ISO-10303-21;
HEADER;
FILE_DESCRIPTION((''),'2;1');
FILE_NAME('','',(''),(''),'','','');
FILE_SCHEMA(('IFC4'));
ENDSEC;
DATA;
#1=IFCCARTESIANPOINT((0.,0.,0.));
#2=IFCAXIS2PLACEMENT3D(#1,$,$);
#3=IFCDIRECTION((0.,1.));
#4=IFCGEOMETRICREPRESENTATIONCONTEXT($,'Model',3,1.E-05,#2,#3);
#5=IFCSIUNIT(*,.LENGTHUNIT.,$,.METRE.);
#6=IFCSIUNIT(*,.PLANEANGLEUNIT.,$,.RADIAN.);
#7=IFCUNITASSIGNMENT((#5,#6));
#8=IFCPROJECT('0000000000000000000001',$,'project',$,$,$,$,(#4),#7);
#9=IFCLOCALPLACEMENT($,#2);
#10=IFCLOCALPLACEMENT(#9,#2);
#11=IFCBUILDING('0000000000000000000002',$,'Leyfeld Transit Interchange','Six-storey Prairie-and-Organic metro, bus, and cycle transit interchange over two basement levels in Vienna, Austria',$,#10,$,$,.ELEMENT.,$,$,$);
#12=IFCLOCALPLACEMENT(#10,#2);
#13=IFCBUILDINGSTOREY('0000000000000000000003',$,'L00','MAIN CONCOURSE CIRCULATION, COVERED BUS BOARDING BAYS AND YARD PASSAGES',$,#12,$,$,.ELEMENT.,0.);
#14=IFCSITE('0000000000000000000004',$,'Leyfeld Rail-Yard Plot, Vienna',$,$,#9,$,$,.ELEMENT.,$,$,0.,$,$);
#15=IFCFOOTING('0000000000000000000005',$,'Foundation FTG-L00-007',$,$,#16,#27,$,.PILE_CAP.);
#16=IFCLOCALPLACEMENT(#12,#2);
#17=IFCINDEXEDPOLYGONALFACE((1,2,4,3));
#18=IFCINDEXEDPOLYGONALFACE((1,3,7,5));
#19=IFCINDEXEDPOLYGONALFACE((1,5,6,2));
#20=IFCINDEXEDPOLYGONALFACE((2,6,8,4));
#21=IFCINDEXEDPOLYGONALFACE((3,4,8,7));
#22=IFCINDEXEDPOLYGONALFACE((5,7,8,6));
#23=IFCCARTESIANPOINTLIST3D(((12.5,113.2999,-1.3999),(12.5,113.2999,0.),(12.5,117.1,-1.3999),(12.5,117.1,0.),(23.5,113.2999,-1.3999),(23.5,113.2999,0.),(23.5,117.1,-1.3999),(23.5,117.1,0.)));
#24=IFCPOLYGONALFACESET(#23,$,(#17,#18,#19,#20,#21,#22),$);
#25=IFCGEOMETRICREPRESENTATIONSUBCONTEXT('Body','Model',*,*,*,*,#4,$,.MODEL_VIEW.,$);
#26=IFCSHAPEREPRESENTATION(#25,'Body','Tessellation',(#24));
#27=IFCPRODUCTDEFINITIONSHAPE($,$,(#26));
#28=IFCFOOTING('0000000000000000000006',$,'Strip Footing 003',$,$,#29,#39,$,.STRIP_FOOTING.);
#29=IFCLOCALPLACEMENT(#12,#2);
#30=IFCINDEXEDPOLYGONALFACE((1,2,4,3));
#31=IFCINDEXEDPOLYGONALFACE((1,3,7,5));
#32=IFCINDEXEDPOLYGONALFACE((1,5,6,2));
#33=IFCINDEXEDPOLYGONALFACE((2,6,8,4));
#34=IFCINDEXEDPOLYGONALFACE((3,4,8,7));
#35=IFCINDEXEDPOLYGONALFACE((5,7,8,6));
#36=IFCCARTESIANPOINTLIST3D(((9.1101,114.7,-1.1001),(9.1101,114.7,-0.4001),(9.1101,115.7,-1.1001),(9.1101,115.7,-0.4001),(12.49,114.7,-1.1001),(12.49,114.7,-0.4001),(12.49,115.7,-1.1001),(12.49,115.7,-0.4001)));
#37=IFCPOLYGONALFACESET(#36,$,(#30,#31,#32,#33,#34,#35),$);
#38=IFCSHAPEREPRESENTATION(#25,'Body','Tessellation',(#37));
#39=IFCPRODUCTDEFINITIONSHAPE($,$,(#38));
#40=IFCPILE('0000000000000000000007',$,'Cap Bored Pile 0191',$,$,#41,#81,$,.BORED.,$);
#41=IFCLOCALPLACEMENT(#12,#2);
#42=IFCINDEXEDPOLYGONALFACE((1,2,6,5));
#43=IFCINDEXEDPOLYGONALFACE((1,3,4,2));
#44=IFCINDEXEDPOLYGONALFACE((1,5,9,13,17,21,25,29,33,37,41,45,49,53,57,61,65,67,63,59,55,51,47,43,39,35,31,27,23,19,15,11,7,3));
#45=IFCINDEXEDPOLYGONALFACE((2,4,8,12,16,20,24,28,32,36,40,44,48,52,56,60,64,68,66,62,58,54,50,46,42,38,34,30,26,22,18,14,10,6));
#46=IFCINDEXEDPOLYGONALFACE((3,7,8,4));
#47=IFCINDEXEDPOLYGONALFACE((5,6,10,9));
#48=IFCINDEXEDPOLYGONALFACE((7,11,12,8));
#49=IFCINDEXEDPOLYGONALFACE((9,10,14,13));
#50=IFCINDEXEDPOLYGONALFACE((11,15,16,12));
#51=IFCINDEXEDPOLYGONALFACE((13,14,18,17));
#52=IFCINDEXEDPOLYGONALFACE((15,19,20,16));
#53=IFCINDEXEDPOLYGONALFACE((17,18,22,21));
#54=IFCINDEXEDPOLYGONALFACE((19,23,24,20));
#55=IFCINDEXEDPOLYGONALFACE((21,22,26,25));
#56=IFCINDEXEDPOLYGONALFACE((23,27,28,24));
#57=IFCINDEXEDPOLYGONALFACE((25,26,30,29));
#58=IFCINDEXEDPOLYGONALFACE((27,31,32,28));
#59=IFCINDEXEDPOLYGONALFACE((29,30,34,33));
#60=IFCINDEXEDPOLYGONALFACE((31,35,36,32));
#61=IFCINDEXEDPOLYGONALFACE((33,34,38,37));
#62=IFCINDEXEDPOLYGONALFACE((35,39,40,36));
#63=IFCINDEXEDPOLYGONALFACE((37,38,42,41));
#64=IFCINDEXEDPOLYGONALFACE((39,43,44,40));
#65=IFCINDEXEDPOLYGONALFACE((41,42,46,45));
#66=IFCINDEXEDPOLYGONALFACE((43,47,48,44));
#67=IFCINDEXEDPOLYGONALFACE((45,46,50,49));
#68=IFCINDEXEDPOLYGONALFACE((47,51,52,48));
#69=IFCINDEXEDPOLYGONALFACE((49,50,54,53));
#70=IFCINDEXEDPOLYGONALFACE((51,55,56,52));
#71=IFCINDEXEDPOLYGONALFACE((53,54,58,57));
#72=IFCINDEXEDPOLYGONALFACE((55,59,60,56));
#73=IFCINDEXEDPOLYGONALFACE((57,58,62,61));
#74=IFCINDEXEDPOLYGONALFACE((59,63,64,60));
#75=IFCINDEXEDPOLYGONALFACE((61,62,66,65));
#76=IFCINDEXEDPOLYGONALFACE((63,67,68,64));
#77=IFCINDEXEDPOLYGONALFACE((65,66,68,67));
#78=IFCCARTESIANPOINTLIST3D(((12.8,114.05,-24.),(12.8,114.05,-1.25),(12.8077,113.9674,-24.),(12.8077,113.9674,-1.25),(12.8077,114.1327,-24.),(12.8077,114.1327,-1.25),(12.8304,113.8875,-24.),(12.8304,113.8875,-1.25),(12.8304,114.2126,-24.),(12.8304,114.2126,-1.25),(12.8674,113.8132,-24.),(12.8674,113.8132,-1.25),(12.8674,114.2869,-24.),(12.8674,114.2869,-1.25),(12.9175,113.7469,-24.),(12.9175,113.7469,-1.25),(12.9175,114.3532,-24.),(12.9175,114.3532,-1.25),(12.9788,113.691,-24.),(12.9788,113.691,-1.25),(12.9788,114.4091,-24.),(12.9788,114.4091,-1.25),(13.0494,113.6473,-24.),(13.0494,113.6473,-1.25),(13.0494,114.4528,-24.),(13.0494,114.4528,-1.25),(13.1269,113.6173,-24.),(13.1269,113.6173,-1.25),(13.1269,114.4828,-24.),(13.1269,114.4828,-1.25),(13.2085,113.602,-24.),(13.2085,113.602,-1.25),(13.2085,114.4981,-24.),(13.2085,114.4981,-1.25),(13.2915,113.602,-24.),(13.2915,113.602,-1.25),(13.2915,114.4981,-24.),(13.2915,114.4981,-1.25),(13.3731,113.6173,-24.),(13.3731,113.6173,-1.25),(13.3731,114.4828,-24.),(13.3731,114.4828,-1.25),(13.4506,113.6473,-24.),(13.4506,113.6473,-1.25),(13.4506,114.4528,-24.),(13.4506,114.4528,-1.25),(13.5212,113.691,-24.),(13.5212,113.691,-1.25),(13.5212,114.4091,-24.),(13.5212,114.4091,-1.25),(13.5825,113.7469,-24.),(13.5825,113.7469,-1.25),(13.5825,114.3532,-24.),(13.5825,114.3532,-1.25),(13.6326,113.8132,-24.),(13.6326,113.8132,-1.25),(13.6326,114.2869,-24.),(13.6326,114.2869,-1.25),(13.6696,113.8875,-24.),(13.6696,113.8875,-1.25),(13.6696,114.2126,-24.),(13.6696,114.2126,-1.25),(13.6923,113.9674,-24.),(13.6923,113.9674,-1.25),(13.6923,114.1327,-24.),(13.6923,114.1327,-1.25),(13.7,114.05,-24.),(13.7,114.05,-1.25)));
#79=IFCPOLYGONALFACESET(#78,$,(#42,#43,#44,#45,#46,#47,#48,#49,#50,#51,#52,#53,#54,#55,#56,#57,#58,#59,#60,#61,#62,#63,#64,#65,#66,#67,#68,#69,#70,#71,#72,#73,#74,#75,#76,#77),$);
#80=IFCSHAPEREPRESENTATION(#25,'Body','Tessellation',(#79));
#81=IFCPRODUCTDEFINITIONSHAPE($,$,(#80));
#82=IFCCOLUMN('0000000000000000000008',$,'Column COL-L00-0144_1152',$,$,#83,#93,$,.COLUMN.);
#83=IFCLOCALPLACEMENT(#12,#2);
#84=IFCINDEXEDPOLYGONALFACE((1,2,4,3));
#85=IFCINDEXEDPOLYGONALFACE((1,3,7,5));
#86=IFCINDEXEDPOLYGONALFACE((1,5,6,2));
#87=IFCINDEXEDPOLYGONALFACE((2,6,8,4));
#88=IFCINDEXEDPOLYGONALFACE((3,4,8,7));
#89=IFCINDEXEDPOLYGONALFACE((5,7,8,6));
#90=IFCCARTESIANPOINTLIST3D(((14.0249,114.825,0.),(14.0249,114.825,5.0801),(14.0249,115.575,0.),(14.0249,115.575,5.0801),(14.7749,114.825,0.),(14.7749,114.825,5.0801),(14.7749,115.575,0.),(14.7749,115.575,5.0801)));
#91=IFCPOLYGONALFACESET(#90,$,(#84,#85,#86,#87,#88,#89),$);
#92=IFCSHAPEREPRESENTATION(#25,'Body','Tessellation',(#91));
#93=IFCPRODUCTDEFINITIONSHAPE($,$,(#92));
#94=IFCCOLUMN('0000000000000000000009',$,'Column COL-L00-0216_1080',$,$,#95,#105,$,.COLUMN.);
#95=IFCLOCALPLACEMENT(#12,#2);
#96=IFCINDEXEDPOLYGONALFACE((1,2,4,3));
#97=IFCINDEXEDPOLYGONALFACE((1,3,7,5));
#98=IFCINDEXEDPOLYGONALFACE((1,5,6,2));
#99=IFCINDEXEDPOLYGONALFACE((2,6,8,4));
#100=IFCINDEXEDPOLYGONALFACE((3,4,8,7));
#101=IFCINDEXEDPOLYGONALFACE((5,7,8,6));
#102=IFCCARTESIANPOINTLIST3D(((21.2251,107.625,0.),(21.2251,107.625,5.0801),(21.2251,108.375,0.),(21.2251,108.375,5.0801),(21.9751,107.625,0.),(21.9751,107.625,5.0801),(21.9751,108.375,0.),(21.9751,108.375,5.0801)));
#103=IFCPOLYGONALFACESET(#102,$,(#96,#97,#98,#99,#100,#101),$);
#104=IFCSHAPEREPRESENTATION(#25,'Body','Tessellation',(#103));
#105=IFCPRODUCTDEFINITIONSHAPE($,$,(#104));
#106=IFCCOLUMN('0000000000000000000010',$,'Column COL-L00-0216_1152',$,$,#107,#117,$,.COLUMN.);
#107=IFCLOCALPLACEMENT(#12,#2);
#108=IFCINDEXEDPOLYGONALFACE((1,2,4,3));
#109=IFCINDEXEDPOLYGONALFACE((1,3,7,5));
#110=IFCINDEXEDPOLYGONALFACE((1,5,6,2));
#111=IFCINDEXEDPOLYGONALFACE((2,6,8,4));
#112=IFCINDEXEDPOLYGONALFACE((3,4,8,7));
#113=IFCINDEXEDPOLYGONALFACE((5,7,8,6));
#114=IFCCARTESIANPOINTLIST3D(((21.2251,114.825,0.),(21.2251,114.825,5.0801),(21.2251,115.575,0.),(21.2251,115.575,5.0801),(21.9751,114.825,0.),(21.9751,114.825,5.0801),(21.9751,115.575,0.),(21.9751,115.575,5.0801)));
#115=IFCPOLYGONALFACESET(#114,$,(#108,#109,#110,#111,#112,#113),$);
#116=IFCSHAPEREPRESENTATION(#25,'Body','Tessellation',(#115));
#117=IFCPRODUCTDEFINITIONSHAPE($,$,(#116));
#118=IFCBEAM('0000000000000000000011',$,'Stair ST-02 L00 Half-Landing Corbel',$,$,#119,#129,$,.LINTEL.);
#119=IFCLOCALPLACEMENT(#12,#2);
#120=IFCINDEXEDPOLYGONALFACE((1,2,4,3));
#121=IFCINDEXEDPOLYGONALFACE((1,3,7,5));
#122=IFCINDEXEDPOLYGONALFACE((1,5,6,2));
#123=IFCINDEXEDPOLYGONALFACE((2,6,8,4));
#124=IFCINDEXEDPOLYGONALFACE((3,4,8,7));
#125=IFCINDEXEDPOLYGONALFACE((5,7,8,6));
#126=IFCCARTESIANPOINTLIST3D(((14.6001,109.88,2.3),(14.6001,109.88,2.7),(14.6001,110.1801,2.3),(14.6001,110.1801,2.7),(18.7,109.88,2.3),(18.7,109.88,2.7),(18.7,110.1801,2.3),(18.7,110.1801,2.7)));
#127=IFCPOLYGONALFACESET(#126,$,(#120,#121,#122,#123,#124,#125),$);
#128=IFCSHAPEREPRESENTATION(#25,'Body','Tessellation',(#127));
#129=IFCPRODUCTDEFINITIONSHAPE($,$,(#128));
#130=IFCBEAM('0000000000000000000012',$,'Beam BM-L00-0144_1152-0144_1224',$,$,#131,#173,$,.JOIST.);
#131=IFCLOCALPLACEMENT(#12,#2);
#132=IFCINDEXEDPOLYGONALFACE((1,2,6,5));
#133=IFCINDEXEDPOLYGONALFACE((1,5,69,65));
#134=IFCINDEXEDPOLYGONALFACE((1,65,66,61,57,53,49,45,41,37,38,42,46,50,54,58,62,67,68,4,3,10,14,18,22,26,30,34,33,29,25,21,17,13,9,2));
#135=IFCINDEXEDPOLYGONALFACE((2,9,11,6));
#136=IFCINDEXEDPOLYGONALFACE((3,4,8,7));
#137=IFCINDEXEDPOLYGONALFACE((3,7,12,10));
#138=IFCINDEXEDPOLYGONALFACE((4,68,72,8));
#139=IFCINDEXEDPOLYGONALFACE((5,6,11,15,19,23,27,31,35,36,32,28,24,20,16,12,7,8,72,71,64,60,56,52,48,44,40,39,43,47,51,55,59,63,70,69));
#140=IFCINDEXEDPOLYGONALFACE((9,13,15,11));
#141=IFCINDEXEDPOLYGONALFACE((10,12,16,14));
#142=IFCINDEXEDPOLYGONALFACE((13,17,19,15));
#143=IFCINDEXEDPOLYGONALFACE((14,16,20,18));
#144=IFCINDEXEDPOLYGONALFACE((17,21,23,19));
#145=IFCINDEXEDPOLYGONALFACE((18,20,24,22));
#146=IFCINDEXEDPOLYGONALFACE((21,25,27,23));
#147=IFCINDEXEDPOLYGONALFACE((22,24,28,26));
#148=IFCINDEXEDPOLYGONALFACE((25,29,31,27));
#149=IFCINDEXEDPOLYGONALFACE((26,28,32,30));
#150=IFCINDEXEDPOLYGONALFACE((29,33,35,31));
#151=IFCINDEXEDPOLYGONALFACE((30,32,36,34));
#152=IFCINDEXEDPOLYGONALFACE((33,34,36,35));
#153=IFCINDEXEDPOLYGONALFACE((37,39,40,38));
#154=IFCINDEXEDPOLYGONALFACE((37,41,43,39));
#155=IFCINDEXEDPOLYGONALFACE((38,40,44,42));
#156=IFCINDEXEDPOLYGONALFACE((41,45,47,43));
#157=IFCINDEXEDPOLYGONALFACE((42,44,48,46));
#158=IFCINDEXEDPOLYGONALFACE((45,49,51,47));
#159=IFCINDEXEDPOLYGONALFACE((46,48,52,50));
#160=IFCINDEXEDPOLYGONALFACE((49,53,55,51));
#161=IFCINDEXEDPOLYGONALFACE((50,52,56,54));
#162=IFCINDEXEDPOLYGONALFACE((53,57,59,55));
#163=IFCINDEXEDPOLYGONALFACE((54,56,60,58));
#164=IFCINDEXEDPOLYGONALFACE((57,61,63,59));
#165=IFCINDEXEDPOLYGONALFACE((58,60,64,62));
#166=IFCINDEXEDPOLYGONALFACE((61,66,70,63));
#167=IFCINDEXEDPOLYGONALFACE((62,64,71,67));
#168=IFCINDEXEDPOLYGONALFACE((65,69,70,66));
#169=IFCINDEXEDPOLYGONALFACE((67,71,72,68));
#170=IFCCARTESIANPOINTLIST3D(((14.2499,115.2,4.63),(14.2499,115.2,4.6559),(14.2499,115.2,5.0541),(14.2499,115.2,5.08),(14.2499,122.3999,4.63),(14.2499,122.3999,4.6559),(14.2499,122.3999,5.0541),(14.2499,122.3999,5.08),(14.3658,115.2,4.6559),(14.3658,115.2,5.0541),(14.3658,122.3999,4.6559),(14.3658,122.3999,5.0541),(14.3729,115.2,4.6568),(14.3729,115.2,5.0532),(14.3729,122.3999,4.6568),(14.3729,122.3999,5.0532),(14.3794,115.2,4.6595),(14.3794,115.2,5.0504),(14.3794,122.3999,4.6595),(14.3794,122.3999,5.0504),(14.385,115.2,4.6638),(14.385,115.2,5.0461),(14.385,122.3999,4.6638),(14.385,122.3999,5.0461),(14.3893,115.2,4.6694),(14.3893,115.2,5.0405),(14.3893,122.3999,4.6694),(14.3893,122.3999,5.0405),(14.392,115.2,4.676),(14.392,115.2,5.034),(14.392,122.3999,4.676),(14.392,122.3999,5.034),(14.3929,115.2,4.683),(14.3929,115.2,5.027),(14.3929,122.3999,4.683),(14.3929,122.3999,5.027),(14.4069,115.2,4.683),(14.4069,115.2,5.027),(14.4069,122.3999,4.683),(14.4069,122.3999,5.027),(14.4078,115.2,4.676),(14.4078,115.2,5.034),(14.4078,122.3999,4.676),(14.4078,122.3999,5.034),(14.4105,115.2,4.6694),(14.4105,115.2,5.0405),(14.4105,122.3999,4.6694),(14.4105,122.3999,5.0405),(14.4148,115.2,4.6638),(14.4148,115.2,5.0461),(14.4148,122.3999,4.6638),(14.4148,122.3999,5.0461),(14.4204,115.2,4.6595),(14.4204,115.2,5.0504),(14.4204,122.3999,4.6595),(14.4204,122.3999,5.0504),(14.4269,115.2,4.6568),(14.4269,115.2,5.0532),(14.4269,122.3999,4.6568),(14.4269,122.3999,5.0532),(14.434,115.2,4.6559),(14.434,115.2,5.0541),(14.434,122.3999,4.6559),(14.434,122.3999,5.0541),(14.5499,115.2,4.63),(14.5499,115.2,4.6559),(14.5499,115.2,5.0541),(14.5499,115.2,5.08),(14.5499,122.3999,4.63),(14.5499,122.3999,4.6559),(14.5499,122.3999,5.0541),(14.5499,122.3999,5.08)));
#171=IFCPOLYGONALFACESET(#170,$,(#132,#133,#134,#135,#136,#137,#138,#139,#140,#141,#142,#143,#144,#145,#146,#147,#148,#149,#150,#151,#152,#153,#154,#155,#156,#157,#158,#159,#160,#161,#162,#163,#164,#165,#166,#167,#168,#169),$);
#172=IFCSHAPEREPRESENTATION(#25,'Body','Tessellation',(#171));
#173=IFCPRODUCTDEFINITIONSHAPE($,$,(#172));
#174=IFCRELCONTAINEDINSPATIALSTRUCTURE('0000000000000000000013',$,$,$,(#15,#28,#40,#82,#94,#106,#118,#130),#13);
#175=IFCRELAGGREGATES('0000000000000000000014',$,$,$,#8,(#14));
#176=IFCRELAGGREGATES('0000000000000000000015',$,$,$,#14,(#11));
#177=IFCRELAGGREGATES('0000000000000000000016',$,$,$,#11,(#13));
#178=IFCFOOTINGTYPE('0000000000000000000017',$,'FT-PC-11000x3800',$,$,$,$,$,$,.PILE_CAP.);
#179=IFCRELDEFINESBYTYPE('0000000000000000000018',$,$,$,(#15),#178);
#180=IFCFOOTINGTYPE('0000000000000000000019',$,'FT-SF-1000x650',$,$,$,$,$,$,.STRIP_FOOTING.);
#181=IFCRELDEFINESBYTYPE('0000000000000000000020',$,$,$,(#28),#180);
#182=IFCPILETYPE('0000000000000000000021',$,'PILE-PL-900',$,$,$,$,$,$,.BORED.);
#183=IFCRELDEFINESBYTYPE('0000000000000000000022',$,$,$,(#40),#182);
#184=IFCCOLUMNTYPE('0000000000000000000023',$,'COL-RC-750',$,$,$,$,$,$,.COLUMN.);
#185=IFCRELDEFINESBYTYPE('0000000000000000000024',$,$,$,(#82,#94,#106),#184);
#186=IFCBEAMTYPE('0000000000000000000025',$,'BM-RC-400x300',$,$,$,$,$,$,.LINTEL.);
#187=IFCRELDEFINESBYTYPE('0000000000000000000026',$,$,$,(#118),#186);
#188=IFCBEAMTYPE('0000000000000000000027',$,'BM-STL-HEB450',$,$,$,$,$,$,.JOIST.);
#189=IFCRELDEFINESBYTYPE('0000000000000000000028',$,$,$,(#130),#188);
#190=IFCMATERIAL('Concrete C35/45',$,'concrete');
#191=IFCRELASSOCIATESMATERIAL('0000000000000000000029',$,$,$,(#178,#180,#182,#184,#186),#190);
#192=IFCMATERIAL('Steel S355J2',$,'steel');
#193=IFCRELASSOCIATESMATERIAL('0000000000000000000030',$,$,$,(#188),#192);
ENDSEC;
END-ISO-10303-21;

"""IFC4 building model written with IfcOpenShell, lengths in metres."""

from ifc_helpers import new_model, si_unit, direction, frame, origin, origin_2d, place, context, subcontext, project, spatial, rectangle, circle, i_section, extrude, material, material_profile, profile_set, type_object, element, save


model = new_model("IFC4")

# Units and contexts
model_context = context("Model", 3, precision=1e-05, world=origin(), true_north=direction((0.0, 1.0)))
body_context = subcontext(model_context, "Body", "Model", "MODEL_VIEW")
ifc_project = project(units=[si_unit("LENGTHUNIT", "METRE"), si_unit("PLANEANGLEUNIT", "RADIAN")], contexts=[model_context])

# Site, building, storey
site_placement = place(None, origin())
site = spatial("IfcSite", under=ifc_project, at=site_placement, Name="Leyfeld Rail-Yard Plot, Vienna", CompositionType="ELEMENT", RefElevation=0.0)
building_placement = place(site_placement, origin())
building = spatial("IfcBuilding", under=site, at=building_placement, Name="Leyfeld Transit Interchange", Description="Six-storey Prairie-and-Organic metro, bus, and cycle transit interchange over two basement levels in Vienna, Austria", CompositionType="ELEMENT")
storey_placement = place(building_placement, origin())
storey = spatial("IfcBuildingStorey", under=building, at=storey_placement, Name="L00", Description="MAIN CONCOURSE CIRCULATION, COVERED BUS BOARDING BAYS AND YARD PASSAGES", CompositionType="ELEMENT", Elevation=0.0)

# Footings
ifc_material_1 = material(Name="Concrete C35/45", Category="concrete")
footing_type_1 = type_object("IfcFootingType", Name="FT-PC-11000x3800", PredefinedType="PILE_CAP", material=ifc_material_1)
footing_1_placement = place(storey_placement, frame((18.0, 115.2, -1.3999), z_axis=(0.0, 0.0, 1.0), x_axis=(1.0, 0.0, 0.0)))
element("IfcFooting", 1, at=footing_1_placement, inside=storey, type_object=footing_type_1, Name="Foundation FTG-L00-007", PredefinedType="PILE_CAP", context=body_context, shape_type="SweptSolid", body=[
    extrude(rectangle(XDim=11.0, YDim=3.8, at=origin_2d()), origin(), (0.0, 0.0, 1.0), 1.3999),
])
footing_type_2 = type_object("IfcFootingType", Name="FT-SF-1000x650", PredefinedType="STRIP_FOOTING", material=ifc_material_1)
footing_2_placement = place(storey_placement, frame((10.8, 115.2, -1.1001), z_axis=(0.0, 0.0, 1.0), x_axis=(1.0, 0.0, 0.0)))
element("IfcFooting", 2, at=footing_2_placement, inside=storey, type_object=footing_type_2, Name="Strip Footing 003", PredefinedType="STRIP_FOOTING", context=body_context, shape_type="SweptSolid", body=[
    extrude(rectangle(XDim=3.3799, YDim=1.0, at=origin_2d()), origin(), (0.0, 0.0, 1.0), 0.7),
])

# Pile
ifc_material_profile_1 = material_profile(ifc_material_1, circle(Radius=0.45, at=origin_2d()), Name="PILE D900")
ifc_profile_set_1 = profile_set([ifc_material_profile_1], Name="Concrete C35/45")
pile_type = type_object("IfcPileType", Name="PILE-PL-900", PredefinedType="BORED", material=ifc_profile_set_1)
pile_placement = place(storey_placement, frame((13.25, 114.05, -1.25), z_axis=(0.0, 0.0, -1.0), x_axis=(1.0, 0.0, 0.0)))
element("IfcPile", 3, at=pile_placement, inside=storey, type_object=pile_type, Name="Cap Bored Pile 0191", PredefinedType="BORED", context=body_context, shape_type="SweptSolid", body=[
    extrude(circle(Radius=0.45, at=origin_2d()), origin(), (0.0, 0.0, 1.0), 22.75),
])

# Columns
ifc_material_profile_2 = material_profile(ifc_material_1, rectangle(XDim=0.75, YDim=0.75, at=origin_2d()), Name="RC 750x750")
ifc_profile_set_2 = profile_set([ifc_material_profile_2], Name="Concrete C35/45")
column_type = type_object("IfcColumnType", Name="COL-RC-750", PredefinedType="COLUMN", material=ifc_profile_set_2)
for number, where, z_axis, x_axis, name in (
    (4, (14.3999, 115.2, 0.0), (0.0, 0.0, 1.0), (1.0, 0.0, 0.0), "Column COL-L00-0144_1152"),
    (5, (21.6001, 108.0, 0.0), (0.0, 0.0, 1.0), (1.0, 0.0, 0.0), "Column COL-L00-0216_1080"),
    (6, (21.6001, 115.2, 0.0), (0.0, 0.0, 1.0), (1.0, 0.0, 0.0), "Column COL-L00-0216_1152"),
):
    element("IfcColumn", number, at=place(storey_placement, frame(where, z_axis=z_axis, x_axis=x_axis)), inside=storey, type_object=column_type, Name=name, PredefinedType="COLUMN", context=body_context, shape_type="SweptSolid", body=[
        extrude(rectangle(XDim=0.75, YDim=0.75, at=origin_2d()), origin(), (0.0, 0.0, 1.0), 5.0801),
    ])

# Beams
ifc_material_profile_3 = material_profile(ifc_material_1, rectangle(XDim=0.3, YDim=0.3999, at=origin_2d()), Name="RC 400x300")
ifc_profile_set_3 = profile_set([ifc_material_profile_3], Name="Concrete C35/45")
beam_type_1 = type_object("IfcBeamType", Name="BM-RC-400x300", PredefinedType="LINTEL", material=ifc_profile_set_3)
beam_1_placement = place(storey_placement, frame((14.6001, 110.03, 2.5), z_axis=(1.0, 0.0, 0.0), x_axis=(0.0, 1.0, 0.0)))
element("IfcBeam", 7, at=beam_1_placement, inside=storey, type_object=beam_type_1, Name="Stair ST-02 L00 Half-Landing Corbel", PredefinedType="LINTEL", context=body_context, shape_type="SweptSolid", body=[
    extrude(rectangle(XDim=0.3, YDim=0.3999, at=origin_2d()), origin(), (0.0, 0.0, 1.0), 4.0999),
])
ifc_material_2 = material(Name="Steel S355J2", Category="steel")
ifc_material_profile_4 = material_profile(ifc_material_2, i_section(OverallWidth=0.3, OverallDepth=0.45, WebThickness=0.0139, FlangeThickness=0.0259, FilletRadius=0.0271, at=origin_2d()), Name="HEB 450")
ifc_profile_set_4 = profile_set([ifc_material_profile_4], Name="Steel S355J2")
beam_type_2 = type_object("IfcBeamType", Name="BM-STL-HEB450", PredefinedType="JOIST", material=ifc_profile_set_4)
for number, where, z_axis, x_axis, name in (
    (8, (14.3999, 115.2, 4.855), (0.0, 1.0, 0.0), (-1.0, 0.0, 0.0), "Beam BM-L00-0144_1152-0144_1224"),
):
    element("IfcBeam", number, at=place(storey_placement, frame(where, z_axis=z_axis, x_axis=x_axis)), inside=storey, type_object=beam_type_2, Name=name, PredefinedType="JOIST", context=body_context, shape_type="SweptSolid", body=[
        extrude(i_section(OverallWidth=0.3, OverallDepth=0.45, WebThickness=0.0139, FlangeThickness=0.0259, FilletRadius=0.0271, at=origin_2d()), origin(), (0.0, 0.0, 1.0), 7.2),
    ])

save(model, "model.ifc")
